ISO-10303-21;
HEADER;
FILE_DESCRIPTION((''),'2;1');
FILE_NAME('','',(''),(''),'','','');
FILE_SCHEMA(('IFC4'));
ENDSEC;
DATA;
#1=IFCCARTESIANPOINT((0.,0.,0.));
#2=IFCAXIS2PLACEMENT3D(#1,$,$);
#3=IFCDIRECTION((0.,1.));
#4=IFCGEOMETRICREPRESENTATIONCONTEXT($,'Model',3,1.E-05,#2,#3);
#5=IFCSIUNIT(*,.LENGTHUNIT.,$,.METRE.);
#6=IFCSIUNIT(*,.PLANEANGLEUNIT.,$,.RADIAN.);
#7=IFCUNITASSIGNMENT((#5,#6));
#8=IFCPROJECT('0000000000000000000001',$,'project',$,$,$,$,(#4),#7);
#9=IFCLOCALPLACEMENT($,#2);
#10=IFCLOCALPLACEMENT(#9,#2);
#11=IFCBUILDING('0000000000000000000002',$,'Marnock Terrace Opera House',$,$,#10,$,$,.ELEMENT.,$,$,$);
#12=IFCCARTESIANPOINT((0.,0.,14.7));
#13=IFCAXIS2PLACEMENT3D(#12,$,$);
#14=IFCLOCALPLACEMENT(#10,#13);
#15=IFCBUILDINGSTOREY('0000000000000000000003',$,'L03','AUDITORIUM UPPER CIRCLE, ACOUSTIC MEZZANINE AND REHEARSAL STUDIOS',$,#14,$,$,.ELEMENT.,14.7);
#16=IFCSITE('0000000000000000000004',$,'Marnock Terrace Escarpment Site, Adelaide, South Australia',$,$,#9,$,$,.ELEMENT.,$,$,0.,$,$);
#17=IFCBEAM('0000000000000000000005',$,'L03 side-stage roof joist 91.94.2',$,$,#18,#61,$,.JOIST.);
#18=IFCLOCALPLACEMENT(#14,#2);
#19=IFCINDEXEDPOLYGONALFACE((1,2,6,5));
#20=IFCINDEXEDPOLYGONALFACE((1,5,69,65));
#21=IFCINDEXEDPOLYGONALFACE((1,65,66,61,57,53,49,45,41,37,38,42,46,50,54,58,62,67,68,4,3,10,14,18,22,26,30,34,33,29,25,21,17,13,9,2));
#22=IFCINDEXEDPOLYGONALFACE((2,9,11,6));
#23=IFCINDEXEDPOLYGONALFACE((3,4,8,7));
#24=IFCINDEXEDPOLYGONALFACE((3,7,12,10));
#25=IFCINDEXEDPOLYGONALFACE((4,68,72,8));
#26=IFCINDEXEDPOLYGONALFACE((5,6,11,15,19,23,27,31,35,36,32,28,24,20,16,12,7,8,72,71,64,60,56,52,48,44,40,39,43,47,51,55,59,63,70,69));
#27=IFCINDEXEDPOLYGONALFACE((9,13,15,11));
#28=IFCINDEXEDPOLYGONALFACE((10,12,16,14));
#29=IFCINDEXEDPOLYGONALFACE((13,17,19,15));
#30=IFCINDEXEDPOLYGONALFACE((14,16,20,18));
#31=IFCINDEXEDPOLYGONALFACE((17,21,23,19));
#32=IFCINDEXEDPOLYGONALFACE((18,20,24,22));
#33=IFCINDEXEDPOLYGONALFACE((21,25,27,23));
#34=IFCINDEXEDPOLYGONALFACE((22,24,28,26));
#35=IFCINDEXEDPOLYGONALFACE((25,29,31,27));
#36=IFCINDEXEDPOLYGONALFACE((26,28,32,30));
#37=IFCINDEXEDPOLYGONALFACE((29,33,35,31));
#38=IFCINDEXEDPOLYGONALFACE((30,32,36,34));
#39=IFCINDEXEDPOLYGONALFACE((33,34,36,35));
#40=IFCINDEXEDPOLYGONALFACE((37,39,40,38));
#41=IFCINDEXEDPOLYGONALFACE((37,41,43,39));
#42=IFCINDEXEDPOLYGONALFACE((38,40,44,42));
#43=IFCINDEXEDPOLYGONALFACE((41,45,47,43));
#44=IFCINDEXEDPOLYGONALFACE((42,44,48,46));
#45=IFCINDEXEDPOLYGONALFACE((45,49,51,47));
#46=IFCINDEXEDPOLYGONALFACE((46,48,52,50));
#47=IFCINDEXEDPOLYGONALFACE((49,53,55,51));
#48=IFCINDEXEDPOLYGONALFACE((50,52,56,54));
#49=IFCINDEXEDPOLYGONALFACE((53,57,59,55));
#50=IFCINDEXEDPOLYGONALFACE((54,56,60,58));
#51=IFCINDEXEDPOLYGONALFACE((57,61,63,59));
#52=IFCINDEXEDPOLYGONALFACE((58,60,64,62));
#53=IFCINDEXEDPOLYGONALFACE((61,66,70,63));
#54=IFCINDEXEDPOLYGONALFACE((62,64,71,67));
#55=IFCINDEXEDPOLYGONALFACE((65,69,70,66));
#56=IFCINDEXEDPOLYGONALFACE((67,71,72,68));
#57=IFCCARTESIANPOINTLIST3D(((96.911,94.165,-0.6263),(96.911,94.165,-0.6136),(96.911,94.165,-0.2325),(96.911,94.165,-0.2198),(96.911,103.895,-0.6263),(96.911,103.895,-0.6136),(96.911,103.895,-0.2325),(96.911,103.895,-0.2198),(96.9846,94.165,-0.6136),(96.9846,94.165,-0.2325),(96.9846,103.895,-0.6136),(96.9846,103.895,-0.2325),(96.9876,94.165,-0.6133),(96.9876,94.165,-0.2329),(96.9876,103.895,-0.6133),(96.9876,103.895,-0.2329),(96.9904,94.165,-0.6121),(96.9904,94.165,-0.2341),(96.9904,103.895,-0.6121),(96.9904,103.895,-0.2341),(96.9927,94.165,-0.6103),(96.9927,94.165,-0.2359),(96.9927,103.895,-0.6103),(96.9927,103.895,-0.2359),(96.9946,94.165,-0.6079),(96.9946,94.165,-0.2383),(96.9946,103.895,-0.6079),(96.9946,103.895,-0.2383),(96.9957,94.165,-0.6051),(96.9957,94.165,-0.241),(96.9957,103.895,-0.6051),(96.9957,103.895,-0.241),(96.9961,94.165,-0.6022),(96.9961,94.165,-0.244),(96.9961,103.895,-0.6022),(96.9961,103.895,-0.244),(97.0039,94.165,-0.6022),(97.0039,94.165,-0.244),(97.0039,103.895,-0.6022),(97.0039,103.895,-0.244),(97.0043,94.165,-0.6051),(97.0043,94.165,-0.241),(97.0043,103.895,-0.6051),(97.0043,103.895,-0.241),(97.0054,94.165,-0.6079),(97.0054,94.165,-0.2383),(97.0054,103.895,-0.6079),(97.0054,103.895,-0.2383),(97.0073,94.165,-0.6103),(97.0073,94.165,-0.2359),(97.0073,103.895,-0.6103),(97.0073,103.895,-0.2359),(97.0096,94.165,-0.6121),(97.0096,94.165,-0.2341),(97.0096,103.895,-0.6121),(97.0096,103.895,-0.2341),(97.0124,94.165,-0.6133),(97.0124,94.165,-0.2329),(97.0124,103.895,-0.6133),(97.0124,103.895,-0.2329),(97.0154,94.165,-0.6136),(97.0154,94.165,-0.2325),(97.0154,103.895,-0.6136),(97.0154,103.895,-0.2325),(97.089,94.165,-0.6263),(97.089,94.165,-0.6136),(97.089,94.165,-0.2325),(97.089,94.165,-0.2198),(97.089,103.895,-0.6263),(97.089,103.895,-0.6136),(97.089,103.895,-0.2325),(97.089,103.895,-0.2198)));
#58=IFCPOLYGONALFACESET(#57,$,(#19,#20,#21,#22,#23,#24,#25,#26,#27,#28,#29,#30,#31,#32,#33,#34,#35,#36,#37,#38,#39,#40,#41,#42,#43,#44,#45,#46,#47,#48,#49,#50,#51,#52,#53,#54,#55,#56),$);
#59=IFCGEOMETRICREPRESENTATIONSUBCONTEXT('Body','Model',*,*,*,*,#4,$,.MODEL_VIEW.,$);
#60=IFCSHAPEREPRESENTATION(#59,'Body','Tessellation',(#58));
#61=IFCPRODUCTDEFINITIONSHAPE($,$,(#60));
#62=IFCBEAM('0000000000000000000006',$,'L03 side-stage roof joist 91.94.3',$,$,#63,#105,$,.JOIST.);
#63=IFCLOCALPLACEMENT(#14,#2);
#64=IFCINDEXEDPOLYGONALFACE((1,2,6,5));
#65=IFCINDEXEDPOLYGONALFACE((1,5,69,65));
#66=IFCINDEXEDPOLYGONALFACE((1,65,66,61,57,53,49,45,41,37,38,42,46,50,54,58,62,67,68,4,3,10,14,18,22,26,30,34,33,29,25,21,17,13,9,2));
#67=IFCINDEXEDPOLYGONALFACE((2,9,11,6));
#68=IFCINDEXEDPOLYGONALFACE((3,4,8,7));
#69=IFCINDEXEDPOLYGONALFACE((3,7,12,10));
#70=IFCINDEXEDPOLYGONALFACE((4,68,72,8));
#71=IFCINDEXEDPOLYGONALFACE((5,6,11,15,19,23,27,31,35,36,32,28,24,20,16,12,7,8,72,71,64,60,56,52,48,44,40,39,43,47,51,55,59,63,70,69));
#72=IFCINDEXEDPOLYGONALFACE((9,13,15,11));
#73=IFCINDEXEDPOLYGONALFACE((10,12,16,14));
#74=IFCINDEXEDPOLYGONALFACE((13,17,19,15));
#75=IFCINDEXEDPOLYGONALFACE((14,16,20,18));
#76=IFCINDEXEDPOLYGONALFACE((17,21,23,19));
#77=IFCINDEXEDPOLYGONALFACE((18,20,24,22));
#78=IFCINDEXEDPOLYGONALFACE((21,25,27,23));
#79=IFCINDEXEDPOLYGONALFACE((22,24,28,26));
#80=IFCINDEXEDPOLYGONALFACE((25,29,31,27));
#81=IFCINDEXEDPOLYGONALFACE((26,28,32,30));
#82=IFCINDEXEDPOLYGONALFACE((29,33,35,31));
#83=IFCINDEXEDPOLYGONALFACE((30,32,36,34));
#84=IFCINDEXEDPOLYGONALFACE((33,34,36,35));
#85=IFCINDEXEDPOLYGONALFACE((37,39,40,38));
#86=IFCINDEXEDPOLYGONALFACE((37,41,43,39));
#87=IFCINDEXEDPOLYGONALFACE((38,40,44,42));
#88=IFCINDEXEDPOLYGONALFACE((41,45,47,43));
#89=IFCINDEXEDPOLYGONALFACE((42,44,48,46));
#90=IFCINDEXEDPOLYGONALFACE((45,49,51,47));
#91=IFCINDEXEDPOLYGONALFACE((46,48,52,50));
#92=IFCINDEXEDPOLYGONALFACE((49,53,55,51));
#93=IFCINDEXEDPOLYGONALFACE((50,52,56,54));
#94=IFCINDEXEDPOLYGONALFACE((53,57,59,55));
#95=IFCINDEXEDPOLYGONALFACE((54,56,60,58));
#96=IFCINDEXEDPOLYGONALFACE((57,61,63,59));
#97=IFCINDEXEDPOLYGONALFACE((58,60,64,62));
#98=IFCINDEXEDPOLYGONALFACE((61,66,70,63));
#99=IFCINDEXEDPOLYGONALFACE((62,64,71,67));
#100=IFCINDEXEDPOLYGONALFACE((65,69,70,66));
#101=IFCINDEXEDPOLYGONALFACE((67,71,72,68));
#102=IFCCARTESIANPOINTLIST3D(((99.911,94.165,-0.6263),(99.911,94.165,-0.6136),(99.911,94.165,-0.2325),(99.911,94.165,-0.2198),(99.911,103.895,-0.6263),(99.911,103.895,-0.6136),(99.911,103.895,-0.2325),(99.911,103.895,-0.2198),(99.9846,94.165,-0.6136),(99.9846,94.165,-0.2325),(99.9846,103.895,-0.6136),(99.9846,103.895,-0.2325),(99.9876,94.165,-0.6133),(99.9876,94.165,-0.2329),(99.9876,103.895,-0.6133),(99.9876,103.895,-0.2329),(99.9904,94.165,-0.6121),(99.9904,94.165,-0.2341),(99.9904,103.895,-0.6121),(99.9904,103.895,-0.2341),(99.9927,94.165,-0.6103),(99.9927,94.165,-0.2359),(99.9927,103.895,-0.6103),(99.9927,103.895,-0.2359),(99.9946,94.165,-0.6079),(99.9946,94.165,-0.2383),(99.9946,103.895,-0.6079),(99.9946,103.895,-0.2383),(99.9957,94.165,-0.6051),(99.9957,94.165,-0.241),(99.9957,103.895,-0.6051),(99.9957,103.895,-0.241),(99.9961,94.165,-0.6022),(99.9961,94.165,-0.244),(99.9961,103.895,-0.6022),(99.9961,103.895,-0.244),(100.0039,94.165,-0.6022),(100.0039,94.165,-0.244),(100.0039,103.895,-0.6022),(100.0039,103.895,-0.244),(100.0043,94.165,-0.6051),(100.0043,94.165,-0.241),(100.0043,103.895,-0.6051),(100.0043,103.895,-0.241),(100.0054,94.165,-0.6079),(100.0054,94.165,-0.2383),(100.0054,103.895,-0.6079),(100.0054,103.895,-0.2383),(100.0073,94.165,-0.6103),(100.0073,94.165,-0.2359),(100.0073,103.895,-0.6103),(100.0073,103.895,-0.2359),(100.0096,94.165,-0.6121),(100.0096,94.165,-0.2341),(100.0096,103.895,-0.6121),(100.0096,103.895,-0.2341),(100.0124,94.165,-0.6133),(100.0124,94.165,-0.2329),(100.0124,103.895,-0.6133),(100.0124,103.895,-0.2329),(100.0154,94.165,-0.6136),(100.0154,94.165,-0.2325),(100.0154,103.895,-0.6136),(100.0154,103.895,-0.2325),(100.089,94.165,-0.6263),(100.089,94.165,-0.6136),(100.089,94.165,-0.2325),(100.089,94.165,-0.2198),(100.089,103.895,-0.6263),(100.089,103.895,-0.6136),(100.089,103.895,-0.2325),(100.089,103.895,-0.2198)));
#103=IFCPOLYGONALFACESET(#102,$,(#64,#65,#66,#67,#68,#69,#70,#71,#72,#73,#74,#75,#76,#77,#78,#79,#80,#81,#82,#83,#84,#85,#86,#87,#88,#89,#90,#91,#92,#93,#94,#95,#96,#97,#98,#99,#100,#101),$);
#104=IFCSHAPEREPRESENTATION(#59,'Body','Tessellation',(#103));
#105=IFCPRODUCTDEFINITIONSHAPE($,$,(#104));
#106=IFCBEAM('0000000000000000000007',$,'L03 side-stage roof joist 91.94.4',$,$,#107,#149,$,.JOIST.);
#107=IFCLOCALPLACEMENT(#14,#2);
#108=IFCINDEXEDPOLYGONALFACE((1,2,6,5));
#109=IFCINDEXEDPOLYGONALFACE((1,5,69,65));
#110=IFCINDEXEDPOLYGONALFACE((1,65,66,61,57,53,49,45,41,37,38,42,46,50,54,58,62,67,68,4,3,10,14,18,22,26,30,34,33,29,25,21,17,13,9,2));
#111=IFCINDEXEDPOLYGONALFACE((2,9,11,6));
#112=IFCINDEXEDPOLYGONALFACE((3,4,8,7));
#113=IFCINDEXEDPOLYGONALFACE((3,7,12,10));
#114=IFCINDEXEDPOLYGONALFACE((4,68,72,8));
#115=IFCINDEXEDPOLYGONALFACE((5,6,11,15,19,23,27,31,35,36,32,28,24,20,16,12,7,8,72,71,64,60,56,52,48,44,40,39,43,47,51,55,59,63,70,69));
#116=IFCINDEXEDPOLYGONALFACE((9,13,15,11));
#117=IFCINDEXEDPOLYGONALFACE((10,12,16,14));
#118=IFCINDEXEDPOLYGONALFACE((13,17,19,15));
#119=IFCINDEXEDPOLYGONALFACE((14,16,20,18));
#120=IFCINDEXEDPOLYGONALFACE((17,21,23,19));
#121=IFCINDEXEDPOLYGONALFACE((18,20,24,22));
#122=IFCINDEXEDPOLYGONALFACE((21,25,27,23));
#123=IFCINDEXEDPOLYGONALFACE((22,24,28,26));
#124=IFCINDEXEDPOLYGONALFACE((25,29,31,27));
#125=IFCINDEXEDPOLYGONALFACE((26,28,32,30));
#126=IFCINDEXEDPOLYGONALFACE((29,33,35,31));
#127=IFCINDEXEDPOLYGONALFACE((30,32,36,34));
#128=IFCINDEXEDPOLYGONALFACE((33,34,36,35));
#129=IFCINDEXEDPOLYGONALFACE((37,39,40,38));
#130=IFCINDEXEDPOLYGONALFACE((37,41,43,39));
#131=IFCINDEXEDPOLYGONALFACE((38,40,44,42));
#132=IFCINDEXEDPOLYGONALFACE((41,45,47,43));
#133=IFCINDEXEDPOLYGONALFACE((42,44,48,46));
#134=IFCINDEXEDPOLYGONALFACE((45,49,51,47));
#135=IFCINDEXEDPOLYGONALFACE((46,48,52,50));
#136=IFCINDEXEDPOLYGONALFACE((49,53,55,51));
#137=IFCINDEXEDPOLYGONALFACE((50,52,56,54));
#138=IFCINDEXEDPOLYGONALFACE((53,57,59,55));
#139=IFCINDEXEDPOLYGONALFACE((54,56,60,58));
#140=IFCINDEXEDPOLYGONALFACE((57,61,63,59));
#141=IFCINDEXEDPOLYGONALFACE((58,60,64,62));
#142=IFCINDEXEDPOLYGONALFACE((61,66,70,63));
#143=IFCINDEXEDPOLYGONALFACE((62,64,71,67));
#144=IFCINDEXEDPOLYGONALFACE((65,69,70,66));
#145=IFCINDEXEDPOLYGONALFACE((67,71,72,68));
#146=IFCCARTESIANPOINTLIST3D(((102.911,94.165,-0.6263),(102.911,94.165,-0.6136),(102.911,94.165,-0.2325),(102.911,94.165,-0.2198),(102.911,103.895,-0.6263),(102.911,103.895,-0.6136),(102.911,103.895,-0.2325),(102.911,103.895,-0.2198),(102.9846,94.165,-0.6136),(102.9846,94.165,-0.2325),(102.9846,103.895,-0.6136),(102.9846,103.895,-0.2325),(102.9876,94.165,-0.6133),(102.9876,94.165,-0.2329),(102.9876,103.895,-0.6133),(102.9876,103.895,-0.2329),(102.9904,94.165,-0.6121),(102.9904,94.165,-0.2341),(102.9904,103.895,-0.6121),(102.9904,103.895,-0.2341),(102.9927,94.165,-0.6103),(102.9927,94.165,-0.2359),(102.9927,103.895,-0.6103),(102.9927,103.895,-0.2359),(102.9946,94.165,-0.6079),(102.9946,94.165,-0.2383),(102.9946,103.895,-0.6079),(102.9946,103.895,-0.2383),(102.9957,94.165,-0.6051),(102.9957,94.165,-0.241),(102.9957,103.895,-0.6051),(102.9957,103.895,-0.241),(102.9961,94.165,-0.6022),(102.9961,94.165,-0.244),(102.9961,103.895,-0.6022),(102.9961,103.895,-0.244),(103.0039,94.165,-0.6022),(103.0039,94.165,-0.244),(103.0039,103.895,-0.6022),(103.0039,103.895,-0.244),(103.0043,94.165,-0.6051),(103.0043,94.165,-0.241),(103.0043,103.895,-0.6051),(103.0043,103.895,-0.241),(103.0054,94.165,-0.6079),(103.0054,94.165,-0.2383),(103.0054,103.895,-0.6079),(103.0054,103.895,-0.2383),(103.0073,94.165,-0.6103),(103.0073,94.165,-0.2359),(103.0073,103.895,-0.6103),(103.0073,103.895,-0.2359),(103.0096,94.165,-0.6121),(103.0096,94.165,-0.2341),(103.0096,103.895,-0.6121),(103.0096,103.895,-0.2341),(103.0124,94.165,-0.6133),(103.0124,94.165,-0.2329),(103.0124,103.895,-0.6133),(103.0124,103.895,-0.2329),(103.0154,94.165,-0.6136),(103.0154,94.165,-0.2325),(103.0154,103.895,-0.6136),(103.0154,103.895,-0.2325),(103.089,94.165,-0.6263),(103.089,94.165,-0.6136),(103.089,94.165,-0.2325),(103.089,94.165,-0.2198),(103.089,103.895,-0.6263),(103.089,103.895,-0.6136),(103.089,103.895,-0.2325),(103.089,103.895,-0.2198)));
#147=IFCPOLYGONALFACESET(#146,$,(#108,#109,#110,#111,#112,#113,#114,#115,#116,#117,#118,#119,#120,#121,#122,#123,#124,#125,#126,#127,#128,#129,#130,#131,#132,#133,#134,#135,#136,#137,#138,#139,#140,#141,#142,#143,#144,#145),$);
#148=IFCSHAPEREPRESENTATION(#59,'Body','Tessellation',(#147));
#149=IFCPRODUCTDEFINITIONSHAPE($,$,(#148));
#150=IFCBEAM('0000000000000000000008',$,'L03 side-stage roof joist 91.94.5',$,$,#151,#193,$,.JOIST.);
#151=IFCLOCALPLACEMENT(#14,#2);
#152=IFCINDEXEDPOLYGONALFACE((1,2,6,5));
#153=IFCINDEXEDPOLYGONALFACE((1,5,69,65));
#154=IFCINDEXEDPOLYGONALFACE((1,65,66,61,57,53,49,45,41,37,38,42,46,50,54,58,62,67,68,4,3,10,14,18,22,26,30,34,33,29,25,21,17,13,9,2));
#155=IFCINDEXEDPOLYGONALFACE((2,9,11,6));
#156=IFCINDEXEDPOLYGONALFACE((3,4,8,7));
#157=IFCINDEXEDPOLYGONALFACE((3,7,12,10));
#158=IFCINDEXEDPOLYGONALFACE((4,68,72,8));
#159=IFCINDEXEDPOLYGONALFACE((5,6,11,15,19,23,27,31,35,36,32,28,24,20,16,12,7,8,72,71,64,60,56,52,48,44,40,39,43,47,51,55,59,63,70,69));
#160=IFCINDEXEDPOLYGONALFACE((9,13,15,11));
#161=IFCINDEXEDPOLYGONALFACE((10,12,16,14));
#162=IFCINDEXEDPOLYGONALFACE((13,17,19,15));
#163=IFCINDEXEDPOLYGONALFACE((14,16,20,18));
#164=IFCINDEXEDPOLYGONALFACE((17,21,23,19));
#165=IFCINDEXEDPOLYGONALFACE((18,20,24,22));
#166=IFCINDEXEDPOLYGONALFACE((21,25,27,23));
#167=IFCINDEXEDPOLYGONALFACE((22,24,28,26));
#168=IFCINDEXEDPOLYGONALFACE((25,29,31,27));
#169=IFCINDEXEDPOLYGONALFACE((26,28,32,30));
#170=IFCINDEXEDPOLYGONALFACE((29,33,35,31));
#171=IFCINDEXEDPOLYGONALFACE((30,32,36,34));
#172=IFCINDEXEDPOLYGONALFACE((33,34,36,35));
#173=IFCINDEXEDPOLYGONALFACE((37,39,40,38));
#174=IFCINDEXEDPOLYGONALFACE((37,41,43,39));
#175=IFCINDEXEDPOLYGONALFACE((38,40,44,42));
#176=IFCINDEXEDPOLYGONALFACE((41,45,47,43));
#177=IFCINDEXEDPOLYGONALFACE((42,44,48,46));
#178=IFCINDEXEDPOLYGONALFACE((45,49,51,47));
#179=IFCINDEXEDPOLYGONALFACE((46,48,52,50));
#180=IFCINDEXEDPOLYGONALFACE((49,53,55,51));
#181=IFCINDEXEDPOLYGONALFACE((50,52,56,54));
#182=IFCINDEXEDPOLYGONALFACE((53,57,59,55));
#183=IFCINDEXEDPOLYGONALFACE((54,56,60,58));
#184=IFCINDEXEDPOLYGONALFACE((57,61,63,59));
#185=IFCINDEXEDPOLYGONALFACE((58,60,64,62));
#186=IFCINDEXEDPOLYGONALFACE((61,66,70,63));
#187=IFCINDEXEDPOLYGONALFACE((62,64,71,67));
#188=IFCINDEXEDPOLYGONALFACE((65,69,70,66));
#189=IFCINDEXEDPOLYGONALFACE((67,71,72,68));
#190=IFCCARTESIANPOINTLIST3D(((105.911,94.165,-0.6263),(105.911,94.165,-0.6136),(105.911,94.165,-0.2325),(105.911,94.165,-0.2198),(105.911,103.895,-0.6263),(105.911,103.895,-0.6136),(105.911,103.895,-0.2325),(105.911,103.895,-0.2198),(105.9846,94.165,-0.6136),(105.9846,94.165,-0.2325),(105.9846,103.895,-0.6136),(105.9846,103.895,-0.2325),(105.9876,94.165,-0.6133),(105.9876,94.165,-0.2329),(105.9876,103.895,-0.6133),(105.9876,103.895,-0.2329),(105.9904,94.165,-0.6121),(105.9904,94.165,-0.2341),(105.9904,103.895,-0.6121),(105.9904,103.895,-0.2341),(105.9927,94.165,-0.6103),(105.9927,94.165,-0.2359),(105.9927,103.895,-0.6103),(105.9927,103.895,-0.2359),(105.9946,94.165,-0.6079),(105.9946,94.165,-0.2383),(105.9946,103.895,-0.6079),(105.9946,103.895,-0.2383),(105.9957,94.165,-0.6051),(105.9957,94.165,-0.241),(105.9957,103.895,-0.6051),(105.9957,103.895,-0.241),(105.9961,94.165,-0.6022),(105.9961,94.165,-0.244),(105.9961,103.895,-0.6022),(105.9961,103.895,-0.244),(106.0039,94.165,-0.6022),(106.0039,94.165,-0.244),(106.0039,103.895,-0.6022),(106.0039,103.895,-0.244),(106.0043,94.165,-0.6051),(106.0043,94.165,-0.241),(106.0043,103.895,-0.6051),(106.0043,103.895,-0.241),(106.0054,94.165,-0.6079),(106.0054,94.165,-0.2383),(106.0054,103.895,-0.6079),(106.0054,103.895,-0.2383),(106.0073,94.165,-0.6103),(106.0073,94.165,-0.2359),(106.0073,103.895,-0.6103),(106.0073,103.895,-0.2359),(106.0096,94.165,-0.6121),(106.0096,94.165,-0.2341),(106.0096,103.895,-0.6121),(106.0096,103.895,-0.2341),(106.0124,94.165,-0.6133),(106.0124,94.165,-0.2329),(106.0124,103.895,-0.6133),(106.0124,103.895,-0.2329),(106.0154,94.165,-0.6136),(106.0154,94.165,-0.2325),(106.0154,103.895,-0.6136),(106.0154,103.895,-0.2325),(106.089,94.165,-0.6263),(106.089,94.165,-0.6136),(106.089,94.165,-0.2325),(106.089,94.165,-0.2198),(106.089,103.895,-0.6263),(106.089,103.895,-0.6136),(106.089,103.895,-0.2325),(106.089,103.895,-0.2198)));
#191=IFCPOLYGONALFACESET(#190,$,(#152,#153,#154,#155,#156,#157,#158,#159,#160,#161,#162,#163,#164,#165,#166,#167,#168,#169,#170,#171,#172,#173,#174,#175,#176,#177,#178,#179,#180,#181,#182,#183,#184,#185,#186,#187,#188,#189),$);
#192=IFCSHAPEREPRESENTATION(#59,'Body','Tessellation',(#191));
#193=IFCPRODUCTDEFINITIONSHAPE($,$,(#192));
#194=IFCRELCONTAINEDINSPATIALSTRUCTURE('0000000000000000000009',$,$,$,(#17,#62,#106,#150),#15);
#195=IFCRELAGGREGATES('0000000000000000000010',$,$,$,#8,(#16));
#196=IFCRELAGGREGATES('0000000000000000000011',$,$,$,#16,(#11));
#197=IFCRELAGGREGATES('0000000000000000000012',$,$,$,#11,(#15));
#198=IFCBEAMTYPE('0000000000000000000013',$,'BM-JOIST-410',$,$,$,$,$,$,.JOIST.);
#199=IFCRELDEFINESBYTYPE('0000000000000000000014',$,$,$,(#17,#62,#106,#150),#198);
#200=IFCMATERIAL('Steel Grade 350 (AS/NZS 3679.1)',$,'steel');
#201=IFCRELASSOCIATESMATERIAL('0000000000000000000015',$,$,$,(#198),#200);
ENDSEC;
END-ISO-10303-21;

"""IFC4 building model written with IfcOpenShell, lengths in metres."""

from ifc_helpers import new_model, si_unit, direction, frame, origin, origin_2d, place, context, subcontext, project, spatial, i_section, extrude, material, material_profile, profile_set, type_object, element, save


model = new_model("IFC4")

# Units and contexts
model_context = context("Model", 3, precision=1e-05, world=origin(), true_north=direction((0.0, 1.0)))
body_context = subcontext(model_context, "Body", "Model", "MODEL_VIEW")
ifc_project = project(units=[si_unit("LENGTHUNIT", "METRE"), si_unit("PLANEANGLEUNIT", "RADIAN")], contexts=[model_context])

# Site, building, storey
site_placement = place(None, origin())
site = spatial("IfcSite", under=ifc_project, at=site_placement, Name="Marnock Terrace Escarpment Site, Adelaide, South Australia", CompositionType="ELEMENT", RefElevation=0.0)
building_placement = place(site_placement, origin())
building = spatial("IfcBuilding", under=site, at=building_placement, Name="Marnock Terrace Opera House", CompositionType="ELEMENT")
storey_placement = place(building_placement, frame((0.0, 0.0, 14.7)))
storey = spatial("IfcBuildingStorey", under=building, at=storey_placement, Name="L03", Description="AUDITORIUM UPPER CIRCLE, ACOUSTIC MEZZANINE AND REHEARSAL STUDIOS", CompositionType="ELEMENT", Elevation=14.7)

# Beams
ifc_material_1 = material(Name="Steel Grade 350 (AS/NZS 3679.1)", Category="steel")
ifc_material_profile_1 = material_profile(ifc_material_1, i_section(OverallWidth=0.178, OverallDepth=0.4065, WebThickness=0.0078, FlangeThickness=0.0127, FilletRadius=0.0115, at=origin_2d()))
ifc_profile_set_1 = profile_set([ifc_material_profile_1], Name="Steel Grade 350 (AS/NZS 3679.1)")
beam_type_1 = type_object("IfcBeamType", Name="BM-JOIST-410", PredefinedType="JOIST", material=ifc_profile_set_1)
for number, where, z_axis, x_axis, name in (
    (1, (97.0, 94.165, -0.4231), (0.0, 1.0, 0.0), (-1.0, 0.0, 0.0), "L03 side-stage roof joist 91.94.2"),
    (2, (100.0, 94.165, -0.4231), (0.0, 1.0, 0.0), (-1.0, 0.0, 0.0), "L03 side-stage roof joist 91.94.3"),
    (3, (103.0, 94.165, -0.4231), (0.0, 1.0, 0.0), (-1.0, 0.0, 0.0), "L03 side-stage roof joist 91.94.4"),
    (4, (106.0, 94.165, -0.4231), (0.0, 1.0, 0.0), (-1.0, 0.0, 0.0), "L03 side-stage roof joist 91.94.5"),
):
    element("IfcBeam", number, at=place(storey_placement, frame(where, z_axis=z_axis, x_axis=x_axis)), inside=storey, type_object=beam_type_1, Name=name, PredefinedType="JOIST", context=body_context, shape_type="SweptSolid", body=[
        extrude(i_section(OverallWidth=0.178, OverallDepth=0.4065, WebThickness=0.0078, FlangeThickness=0.0127, FilletRadius=0.0115, at=origin_2d()), origin(), (0.0, 0.0, 1.0), 9.73),
    ])

save(model, "model.ifc")
